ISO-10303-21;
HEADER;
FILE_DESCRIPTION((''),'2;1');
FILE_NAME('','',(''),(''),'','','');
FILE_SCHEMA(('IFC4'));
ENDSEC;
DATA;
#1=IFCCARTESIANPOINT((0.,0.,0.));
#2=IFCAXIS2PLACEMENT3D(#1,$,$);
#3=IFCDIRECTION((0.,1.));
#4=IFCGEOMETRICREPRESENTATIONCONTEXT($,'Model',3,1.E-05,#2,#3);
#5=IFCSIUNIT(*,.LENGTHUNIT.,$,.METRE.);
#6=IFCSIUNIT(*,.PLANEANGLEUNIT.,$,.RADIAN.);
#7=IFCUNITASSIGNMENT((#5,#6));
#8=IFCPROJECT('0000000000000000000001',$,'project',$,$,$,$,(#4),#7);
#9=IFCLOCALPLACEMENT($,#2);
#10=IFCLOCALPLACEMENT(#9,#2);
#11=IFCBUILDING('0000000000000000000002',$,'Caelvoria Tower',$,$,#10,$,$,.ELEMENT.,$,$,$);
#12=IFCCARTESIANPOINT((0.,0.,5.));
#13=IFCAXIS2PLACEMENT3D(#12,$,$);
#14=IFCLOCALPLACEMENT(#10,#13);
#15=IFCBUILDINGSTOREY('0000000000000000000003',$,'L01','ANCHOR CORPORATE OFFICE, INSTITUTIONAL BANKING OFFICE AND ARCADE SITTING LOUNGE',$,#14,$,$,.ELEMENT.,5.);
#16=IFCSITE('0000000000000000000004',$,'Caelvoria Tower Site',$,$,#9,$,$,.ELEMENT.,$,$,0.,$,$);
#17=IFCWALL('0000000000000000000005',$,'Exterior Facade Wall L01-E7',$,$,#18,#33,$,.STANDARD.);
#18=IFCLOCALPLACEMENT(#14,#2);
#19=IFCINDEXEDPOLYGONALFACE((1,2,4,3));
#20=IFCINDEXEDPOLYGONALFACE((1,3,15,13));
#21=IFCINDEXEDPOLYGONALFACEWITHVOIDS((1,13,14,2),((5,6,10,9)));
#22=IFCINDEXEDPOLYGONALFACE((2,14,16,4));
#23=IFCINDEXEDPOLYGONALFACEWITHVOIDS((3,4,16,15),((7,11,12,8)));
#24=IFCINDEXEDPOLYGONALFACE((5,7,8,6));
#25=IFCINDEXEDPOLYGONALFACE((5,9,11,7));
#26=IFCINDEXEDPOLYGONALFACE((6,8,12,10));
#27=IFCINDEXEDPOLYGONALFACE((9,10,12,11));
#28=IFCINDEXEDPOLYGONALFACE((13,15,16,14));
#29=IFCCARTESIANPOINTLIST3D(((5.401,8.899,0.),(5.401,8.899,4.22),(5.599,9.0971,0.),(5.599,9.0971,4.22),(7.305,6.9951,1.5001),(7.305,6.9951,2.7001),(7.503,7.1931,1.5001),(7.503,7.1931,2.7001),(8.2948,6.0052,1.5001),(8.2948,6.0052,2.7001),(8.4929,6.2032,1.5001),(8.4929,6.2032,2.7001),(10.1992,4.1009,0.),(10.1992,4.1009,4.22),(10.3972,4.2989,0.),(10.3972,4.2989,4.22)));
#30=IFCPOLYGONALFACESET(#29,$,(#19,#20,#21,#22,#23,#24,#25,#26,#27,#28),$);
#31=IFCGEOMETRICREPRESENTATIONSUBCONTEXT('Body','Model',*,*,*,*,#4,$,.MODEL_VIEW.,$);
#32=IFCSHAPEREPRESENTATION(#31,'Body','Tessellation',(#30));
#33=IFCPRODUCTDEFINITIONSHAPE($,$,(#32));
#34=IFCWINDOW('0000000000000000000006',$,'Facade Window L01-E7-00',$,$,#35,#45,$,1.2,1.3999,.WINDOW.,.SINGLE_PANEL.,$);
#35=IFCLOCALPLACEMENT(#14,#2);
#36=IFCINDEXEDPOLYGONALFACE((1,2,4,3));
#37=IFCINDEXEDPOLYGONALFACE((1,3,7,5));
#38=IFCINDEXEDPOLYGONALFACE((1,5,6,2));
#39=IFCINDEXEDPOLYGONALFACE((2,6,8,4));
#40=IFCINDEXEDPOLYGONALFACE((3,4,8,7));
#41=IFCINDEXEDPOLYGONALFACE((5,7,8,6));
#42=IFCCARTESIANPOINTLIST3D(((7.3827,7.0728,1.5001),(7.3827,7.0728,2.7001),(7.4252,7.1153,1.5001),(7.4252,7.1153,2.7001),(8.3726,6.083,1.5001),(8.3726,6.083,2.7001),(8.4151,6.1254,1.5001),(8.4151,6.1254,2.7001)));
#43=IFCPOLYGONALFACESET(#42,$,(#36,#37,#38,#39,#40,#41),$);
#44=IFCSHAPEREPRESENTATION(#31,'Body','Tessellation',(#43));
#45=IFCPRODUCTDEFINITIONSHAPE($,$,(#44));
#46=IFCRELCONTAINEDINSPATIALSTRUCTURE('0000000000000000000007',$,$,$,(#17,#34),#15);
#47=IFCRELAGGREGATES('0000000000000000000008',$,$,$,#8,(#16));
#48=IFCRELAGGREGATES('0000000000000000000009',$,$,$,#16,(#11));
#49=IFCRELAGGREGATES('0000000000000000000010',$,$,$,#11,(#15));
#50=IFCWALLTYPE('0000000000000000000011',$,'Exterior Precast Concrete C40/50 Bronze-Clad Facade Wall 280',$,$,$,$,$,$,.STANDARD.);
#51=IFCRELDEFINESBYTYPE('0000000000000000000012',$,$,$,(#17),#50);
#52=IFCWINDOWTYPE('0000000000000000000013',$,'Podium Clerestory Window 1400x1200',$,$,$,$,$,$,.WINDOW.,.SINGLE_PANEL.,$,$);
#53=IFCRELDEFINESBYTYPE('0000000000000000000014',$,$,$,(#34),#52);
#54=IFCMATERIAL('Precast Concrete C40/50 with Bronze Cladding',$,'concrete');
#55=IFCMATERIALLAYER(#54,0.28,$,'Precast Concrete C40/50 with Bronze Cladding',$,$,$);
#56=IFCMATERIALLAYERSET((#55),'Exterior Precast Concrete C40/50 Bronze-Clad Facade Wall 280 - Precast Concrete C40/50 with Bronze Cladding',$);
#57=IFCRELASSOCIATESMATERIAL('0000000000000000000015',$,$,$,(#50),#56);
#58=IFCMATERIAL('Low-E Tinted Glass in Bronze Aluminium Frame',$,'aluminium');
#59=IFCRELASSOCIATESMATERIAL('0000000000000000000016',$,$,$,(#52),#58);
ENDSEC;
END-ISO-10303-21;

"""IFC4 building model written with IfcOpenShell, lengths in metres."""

from ifc_helpers import new_model, si_unit, direction, frame, frame_2d, origin, place, context, subcontext, project, spatial, rectangle, extrude, material, layer, layer_set, type_object, element, fill, save


model = new_model("IFC4")

# Units and contexts
model_context = context("Model", 3, precision=1e-05, world=origin(), true_north=direction((0.0, 1.0)))
body_context = subcontext(model_context, "Body", "Model", "MODEL_VIEW")
ifc_project = project(units=[si_unit("LENGTHUNIT", "METRE"), si_unit("PLANEANGLEUNIT", "RADIAN")], contexts=[model_context])

# Site, building, storey
site_placement = place(None, origin())
site = spatial("IfcSite", under=ifc_project, at=site_placement, Name="Caelvoria Tower Site", CompositionType="ELEMENT", RefElevation=0.0)
building_placement = place(site_placement, origin())
building = spatial("IfcBuilding", under=site, at=building_placement, Name="Caelvoria Tower", CompositionType="ELEMENT")
storey_placement = place(building_placement, frame((0.0, 0.0, 5.0)))
storey = spatial("IfcBuildingStorey", under=building, at=storey_placement, Name="L01", Description="ANCHOR CORPORATE OFFICE, INSTITUTIONAL BANKING OFFICE AND ARCADE SITTING LOUNGE", CompositionType="ELEMENT", Elevation=5.0)

# Wall, opening, window
ifc_material_1 = material(Name="Precast Concrete C40/50 with Bronze Cladding", Category="concrete")
ifc_layer = layer(ifc_material_1, 0.28, Name="Precast Concrete C40/50 with Bronze Cladding")
ifc_layer_set = layer_set([ifc_layer], Name="Exterior Precast Concrete C40/50 Bronze-Clad Facade Wall 280 - Precast Concrete C40/50 with Bronze Cladding")
wall_type = type_object("IfcWallType", Name="Exterior Precast Concrete C40/50 Bronze-Clad Facade Wall 280", PredefinedType="STANDARD", material=ifc_layer_set)
wall_placement = place(storey_placement, frame((5.5, 8.998, 0.0), z_axis=(0.0, 0.0, 1.0), x_axis=(0.707107, -0.707107, 0.0)))
wall = element("IfcWall", 1, at=wall_placement, inside=storey, type_object=wall_type, Name="Exterior Facade Wall L01-E7", PredefinedType="STANDARD", context=body_context, shape_type="SweptSolid", body=[
    extrude(rectangle(XDim=6.7856, YDim=0.28, at=frame_2d((3.3928, 0.0))), origin(), (0.0, 0.0, 1.0), 4.22),
])
opening_placement = place(wall_placement, frame((2.6926, 0.0, 1.5)))
opening = element("IfcOpeningElement", 2, at=opening_placement, cuts=wall, PredefinedType="OPENING", context=body_context, shape_type="SweptSolid", body=[
    extrude(rectangle(XDim=1.3999, YDim=1.2, at=frame_2d((0.7, 0.6001))), frame((0.0, 0.1499, 0.0), z_axis=(0.0, -1.0, 0.0), x_axis=(1.0, 0.0, 0.0)), (0.0, 0.0, 1.0), 0.3),
])
ifc_material_2 = material(Name="Low-E Tinted Glass in Bronze Aluminium Frame", Category="aluminium")
window_type = type_object("IfcWindowType", Name="Podium Clerestory Window 1400x1200", PartitioningType="SINGLE_PANEL", PredefinedType="WINDOW", material=ifc_material_2)
window_placement = place(opening_placement, origin())
window = element("IfcWindow", 3, at=window_placement, inside=storey, type_object=window_type, Name="Facade Window L01-E7-00", OverallHeight=1.2, OverallWidth=1.3999, PartitioningType="SINGLE_PANEL", PredefinedType="WINDOW", context=body_context, shape_type="SweptSolid", body=[
    extrude(rectangle(XDim=1.3999, YDim=1.2, at=frame_2d((0.7, 0.6001))), frame((0.0, 0.03, 0.0), z_axis=(0.0, -1.0, 0.0), x_axis=(1.0, 0.0, 0.0)), (0.0, 0.0, 1.0), 0.0601),
])
fill(opening, window)

save(model, "model.ifc")
